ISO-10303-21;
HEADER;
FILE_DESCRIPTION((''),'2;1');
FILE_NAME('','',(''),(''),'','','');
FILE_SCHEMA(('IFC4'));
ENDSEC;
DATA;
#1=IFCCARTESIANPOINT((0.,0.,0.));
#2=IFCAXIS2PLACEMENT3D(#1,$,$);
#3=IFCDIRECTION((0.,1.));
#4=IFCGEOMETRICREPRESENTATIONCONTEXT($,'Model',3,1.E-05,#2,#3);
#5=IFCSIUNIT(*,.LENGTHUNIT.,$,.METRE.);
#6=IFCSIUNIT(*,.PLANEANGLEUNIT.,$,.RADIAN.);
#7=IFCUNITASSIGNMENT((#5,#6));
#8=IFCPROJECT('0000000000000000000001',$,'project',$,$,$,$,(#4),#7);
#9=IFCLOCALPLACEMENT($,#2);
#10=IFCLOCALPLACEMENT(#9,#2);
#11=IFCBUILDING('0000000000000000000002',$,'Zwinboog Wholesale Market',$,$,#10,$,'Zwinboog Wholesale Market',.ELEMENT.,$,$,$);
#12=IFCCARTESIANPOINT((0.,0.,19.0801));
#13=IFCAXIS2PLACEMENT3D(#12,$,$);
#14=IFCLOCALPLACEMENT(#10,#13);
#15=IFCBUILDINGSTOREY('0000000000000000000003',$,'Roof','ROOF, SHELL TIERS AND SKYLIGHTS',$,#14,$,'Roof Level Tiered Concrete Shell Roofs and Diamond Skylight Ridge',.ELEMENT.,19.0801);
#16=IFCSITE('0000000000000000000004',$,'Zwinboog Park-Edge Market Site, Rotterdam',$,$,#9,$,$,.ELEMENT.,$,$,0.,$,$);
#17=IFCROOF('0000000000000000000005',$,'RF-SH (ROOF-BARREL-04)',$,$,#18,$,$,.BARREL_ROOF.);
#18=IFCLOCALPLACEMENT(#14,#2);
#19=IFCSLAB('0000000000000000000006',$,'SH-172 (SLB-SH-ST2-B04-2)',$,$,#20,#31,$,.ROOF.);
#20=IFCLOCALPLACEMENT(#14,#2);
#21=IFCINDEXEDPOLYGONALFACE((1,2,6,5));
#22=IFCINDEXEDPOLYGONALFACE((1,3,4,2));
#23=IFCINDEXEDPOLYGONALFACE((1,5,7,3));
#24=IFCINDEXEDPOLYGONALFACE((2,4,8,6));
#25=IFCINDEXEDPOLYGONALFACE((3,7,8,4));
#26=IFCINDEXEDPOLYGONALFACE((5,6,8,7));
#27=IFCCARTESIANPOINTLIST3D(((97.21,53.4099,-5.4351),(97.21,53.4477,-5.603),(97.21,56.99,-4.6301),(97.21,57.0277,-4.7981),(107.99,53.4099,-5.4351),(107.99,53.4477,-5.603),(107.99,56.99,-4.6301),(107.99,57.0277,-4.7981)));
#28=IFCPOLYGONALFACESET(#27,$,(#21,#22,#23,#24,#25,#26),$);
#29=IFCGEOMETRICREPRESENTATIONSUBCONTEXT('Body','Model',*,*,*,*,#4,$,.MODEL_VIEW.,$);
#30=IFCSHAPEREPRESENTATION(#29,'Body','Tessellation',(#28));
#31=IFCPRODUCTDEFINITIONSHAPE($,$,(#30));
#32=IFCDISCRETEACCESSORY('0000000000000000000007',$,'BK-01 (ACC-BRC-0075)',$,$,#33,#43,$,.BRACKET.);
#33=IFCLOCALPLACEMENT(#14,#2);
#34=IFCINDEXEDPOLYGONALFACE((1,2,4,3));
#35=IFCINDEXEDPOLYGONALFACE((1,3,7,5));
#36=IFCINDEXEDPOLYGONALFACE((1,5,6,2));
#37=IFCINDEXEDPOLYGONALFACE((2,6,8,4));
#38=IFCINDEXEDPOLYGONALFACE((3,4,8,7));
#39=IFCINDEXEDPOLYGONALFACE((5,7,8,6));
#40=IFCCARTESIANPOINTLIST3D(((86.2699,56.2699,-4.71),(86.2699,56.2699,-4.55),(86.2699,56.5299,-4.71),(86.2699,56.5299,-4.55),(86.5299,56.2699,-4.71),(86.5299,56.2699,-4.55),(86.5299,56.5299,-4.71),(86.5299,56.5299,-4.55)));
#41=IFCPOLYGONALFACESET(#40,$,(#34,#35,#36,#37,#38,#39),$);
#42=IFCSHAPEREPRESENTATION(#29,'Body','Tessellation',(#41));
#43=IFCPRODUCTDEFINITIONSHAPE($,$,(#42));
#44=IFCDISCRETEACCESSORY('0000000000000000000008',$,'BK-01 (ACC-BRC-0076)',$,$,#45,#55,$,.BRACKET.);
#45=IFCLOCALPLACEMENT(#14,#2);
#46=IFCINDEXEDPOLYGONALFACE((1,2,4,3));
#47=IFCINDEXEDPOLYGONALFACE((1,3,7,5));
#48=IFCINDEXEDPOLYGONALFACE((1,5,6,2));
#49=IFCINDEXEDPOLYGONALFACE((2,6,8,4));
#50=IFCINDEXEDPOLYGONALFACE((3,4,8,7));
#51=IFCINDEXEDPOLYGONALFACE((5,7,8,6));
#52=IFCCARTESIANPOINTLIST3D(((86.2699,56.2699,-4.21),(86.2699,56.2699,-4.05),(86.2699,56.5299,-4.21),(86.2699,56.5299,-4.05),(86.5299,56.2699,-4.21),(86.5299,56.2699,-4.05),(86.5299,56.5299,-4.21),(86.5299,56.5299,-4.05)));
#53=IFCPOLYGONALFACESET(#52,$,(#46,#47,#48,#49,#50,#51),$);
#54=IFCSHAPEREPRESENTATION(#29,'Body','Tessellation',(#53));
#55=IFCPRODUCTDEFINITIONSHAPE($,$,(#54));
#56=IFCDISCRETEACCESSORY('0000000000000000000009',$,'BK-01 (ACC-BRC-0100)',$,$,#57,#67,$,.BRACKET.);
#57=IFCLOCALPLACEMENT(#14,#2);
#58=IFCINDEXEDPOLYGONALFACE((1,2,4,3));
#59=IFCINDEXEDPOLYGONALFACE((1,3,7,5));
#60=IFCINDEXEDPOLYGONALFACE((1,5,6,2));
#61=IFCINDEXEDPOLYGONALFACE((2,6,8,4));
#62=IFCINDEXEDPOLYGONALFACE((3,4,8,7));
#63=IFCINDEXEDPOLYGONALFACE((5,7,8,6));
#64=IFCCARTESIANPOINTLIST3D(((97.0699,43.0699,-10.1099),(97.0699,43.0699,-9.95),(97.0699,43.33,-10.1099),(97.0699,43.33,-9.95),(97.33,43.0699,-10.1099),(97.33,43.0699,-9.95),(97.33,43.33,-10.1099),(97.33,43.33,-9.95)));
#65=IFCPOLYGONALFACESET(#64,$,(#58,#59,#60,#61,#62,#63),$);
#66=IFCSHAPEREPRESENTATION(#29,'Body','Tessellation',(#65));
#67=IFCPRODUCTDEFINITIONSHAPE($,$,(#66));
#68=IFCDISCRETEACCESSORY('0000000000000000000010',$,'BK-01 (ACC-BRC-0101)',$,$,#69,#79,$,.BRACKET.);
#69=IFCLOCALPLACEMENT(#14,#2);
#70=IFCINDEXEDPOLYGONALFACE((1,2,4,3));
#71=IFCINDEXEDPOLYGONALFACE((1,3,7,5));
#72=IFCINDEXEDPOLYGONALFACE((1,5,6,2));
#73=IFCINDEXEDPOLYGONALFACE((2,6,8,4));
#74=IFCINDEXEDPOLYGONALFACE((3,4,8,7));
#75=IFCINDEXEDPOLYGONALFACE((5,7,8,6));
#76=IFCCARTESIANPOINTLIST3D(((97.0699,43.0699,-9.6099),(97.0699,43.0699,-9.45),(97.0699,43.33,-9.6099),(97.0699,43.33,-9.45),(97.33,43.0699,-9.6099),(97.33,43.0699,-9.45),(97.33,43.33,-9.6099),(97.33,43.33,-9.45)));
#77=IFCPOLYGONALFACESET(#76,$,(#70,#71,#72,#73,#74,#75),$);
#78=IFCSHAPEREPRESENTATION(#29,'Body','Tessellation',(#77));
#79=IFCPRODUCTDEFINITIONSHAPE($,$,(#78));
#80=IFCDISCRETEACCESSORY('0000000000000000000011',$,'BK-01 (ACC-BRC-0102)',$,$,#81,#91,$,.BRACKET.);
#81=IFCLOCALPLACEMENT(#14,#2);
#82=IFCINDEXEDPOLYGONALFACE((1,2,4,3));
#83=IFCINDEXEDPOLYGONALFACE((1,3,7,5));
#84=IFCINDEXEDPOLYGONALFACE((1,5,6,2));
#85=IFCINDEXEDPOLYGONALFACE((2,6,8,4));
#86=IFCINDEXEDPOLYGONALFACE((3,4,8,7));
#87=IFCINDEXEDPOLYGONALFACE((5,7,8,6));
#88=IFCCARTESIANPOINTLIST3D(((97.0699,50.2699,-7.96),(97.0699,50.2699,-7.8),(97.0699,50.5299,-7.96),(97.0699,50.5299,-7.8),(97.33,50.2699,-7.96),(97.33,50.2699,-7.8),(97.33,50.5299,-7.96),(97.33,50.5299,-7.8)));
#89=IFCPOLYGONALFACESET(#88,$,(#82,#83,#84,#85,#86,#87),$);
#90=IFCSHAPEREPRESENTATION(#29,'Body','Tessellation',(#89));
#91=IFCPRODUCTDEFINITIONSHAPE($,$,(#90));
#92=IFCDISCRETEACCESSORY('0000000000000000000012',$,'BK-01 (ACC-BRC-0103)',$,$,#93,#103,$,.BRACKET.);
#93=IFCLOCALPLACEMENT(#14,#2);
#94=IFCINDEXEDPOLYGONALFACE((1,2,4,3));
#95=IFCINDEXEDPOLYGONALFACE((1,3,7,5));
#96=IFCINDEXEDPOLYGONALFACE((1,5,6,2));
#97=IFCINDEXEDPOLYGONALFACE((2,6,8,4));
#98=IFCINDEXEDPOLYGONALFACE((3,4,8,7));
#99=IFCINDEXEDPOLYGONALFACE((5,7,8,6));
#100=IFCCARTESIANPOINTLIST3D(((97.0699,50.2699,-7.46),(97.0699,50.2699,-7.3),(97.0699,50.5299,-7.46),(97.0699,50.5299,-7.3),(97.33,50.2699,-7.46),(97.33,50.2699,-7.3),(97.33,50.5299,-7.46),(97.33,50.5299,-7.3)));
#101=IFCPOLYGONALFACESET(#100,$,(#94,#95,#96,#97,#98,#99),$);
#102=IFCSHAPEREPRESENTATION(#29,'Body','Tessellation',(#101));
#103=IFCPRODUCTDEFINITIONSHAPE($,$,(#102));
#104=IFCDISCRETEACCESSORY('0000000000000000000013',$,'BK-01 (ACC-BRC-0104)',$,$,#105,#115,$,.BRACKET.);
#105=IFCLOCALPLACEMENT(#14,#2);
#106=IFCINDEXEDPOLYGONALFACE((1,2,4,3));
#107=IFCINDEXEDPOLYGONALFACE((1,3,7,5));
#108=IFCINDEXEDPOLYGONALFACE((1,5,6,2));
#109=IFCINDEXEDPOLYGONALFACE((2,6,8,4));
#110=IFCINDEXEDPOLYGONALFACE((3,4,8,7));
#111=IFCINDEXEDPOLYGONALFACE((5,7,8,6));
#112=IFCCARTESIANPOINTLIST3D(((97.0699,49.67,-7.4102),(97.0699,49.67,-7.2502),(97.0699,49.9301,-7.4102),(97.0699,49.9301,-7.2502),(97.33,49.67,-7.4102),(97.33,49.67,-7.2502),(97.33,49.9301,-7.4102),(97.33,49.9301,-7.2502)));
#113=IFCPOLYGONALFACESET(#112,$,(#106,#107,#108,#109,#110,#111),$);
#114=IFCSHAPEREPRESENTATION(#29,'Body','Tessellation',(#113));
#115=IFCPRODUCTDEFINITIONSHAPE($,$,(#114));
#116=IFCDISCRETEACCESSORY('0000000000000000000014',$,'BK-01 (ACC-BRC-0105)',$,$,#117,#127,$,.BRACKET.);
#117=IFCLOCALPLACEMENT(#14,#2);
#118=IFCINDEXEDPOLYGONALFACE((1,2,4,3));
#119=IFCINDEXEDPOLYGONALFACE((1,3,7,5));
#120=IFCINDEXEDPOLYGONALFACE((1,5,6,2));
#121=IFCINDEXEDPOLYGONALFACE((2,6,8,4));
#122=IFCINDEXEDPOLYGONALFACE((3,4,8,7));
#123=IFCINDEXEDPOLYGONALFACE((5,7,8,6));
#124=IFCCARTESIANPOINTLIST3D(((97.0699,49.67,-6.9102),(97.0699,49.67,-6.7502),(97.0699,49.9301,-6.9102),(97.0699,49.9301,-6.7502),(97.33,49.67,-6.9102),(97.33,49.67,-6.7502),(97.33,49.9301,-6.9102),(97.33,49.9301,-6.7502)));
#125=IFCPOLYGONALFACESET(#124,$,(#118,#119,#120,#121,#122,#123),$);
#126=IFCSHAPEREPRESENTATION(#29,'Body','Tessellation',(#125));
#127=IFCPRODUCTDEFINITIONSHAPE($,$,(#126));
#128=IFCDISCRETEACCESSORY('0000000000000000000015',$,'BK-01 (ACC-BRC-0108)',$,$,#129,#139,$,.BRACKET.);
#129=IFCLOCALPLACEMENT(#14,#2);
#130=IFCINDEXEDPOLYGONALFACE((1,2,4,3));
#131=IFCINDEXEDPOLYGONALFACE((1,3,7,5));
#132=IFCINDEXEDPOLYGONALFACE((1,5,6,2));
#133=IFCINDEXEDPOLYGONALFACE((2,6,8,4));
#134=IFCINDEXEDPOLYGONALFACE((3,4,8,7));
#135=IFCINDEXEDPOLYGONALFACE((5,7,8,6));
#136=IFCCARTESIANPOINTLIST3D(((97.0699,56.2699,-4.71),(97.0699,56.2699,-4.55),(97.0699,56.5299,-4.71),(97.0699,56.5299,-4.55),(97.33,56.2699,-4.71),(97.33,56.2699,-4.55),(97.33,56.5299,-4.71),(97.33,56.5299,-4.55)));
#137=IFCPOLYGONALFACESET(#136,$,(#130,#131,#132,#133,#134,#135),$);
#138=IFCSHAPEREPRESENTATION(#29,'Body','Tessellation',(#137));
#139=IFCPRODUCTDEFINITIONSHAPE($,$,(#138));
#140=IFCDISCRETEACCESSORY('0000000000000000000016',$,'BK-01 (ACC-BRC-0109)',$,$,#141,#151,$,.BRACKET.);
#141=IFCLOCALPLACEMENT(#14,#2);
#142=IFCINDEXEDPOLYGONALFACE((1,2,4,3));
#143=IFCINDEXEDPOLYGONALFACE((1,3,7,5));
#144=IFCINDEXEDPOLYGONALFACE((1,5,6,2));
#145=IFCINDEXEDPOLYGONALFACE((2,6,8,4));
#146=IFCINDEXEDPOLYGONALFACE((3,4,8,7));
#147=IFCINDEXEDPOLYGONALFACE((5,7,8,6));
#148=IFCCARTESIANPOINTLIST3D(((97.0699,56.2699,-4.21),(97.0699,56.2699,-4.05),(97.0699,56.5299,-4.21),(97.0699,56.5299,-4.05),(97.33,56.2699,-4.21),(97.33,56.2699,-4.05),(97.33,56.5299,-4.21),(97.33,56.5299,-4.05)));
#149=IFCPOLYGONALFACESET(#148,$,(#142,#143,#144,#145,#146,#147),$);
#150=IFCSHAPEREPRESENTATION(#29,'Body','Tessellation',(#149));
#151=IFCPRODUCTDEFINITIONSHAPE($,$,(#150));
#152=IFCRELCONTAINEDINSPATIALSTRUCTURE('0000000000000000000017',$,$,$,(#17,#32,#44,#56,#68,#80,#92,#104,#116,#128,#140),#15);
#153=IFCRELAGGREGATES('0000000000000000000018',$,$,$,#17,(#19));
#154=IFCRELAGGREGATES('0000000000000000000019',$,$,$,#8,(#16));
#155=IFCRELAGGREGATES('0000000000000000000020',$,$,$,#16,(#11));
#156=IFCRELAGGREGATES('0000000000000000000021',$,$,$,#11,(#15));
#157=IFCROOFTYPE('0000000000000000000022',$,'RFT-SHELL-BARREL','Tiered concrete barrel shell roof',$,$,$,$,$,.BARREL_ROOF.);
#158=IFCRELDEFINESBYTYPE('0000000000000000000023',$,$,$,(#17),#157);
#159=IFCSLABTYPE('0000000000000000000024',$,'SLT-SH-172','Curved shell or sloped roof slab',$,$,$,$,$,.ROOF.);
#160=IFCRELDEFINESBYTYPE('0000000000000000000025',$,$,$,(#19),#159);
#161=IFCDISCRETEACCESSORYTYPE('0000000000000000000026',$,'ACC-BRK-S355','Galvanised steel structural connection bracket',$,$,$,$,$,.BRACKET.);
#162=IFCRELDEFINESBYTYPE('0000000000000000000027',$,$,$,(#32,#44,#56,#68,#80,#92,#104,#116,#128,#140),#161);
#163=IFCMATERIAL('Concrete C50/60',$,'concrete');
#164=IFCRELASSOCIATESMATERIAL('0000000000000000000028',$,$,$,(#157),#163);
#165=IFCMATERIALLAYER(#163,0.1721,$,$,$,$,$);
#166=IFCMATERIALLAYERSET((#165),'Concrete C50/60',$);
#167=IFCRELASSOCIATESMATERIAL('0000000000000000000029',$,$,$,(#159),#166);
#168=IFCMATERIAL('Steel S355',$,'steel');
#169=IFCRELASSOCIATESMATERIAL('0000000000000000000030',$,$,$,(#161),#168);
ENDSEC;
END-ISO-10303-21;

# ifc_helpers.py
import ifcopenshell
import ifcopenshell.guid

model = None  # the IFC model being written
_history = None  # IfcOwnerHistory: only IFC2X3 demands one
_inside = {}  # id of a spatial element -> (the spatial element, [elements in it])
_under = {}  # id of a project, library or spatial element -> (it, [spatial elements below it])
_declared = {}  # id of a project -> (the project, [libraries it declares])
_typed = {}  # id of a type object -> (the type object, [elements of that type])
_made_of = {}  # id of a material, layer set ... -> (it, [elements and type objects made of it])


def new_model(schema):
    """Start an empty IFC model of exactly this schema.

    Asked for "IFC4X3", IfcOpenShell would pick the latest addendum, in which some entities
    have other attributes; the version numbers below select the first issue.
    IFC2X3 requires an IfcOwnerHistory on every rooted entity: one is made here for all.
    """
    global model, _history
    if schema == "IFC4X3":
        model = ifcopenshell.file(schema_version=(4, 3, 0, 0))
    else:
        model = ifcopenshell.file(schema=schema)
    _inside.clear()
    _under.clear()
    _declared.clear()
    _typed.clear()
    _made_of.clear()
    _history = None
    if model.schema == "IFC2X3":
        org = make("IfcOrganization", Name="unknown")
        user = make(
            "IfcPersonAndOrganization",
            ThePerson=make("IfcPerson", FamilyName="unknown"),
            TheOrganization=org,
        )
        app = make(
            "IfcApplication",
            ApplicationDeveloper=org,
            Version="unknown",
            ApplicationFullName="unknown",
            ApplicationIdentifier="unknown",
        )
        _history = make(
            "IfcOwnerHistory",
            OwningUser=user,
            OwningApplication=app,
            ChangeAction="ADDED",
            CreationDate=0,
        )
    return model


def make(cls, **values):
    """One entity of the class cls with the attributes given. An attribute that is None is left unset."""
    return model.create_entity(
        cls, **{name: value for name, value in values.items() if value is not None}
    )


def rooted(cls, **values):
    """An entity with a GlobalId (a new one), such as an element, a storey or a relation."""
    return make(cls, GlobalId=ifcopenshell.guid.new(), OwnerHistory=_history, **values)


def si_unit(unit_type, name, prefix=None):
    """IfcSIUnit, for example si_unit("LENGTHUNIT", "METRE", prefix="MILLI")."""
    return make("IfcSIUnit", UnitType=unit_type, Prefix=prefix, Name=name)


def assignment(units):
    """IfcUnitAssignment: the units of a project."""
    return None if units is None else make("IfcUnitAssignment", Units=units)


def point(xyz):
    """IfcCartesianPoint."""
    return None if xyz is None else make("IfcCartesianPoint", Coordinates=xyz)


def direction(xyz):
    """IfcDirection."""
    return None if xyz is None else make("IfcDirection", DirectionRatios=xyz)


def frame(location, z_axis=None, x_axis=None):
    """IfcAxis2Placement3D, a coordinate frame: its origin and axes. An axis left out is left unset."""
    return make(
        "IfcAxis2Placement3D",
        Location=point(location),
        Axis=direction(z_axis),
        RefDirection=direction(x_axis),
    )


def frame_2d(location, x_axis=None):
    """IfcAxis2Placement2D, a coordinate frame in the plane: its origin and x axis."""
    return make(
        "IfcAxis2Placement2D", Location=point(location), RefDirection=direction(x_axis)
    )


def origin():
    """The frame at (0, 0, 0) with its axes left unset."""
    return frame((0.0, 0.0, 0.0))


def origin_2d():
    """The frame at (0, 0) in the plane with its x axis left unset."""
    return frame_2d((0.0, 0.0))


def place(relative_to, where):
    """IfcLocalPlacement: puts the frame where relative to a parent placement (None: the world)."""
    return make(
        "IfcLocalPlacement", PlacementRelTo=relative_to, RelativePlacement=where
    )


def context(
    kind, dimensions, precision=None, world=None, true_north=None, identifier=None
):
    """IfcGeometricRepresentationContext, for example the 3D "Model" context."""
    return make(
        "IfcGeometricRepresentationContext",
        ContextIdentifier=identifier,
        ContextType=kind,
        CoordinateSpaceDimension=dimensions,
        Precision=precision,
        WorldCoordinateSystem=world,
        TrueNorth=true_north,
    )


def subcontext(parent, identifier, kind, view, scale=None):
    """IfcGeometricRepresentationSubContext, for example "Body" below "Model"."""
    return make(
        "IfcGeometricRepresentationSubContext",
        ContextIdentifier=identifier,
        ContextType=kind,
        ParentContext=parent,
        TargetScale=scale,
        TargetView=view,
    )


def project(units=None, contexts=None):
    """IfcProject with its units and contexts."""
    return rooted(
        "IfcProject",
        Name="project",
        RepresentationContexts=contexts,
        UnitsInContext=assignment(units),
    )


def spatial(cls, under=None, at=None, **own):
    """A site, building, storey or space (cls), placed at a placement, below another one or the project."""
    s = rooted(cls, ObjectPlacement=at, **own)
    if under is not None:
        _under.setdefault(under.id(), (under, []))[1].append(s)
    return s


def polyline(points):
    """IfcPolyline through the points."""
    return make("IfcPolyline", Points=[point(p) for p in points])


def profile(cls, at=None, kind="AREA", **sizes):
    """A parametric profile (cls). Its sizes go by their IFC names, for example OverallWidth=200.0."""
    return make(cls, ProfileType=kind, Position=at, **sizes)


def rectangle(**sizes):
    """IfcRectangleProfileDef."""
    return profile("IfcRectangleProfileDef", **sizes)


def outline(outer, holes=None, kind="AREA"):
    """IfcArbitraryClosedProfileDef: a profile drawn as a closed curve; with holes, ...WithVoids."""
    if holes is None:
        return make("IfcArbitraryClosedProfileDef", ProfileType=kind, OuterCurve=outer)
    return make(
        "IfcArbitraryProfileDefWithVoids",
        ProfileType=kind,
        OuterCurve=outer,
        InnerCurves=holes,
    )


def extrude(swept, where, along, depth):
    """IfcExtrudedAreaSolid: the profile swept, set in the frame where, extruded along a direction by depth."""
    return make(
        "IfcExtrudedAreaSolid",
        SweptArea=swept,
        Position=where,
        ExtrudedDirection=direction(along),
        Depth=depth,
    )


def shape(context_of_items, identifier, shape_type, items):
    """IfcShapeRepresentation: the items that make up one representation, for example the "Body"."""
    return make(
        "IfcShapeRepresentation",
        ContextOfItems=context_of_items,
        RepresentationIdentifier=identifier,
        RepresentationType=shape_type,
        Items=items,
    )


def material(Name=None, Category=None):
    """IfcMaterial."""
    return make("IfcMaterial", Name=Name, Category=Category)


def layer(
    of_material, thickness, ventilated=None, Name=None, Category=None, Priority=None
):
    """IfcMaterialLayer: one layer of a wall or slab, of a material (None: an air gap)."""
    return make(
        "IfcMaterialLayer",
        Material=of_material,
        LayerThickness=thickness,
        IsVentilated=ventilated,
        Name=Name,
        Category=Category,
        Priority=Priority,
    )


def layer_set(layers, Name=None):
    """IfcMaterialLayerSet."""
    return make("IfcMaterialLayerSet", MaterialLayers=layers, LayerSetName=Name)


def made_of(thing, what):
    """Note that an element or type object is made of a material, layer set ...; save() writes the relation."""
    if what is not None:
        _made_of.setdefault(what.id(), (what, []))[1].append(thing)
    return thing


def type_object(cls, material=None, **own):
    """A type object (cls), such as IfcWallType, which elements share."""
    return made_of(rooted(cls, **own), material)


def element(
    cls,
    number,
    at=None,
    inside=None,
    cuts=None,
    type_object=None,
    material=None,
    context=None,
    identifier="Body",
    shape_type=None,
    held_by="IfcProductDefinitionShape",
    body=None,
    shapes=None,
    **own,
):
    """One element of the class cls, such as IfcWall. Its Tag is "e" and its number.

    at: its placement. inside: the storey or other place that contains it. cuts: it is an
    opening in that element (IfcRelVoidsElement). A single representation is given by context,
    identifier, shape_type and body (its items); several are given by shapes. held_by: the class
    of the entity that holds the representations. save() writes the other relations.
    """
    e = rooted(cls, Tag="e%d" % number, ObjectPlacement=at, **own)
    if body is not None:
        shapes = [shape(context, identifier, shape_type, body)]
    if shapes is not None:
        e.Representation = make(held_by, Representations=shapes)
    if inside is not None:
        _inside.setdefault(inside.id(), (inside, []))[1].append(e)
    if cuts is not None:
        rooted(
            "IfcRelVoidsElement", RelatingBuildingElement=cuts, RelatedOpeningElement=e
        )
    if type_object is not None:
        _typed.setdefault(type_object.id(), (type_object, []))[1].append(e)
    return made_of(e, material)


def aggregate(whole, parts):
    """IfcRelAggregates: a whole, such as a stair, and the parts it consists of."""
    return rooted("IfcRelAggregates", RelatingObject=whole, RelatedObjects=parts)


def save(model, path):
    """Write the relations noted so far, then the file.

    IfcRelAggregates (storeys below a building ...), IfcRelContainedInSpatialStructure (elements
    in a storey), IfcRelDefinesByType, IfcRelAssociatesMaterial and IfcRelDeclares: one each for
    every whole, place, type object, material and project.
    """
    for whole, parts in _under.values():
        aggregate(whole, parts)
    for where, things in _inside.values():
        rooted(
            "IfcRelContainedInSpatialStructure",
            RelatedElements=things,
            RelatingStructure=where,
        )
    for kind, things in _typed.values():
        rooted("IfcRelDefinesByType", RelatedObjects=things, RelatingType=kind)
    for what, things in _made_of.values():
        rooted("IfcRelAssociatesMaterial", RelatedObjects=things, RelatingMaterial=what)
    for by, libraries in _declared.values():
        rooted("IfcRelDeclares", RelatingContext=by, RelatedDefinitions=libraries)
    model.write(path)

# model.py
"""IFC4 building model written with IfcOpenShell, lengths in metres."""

from ifc_helpers import new_model, si_unit, direction, frame, origin, origin_2d, place, context, subcontext, project, spatial, polyline, rectangle, outline, extrude, material, layer, layer_set, type_object, element, aggregate, save


model = new_model("IFC4")

# Units and contexts
model_context = context("Model", 3, precision=1e-05, world=origin(), true_north=direction((0.0, 1.0)))
body_context = subcontext(model_context, "Body", "Model", "MODEL_VIEW")
ifc_project = project(units=[si_unit("LENGTHUNIT", "METRE"), si_unit("PLANEANGLEUNIT", "RADIAN")], contexts=[model_context])

# Site, building, storey
site_placement = place(None, origin())
site = spatial("IfcSite", under=ifc_project, at=site_placement, Name="Zwinboog Park-Edge Market Site, Rotterdam", CompositionType="ELEMENT", RefElevation=0.0)
building_placement = place(site_placement, origin())
building = spatial("IfcBuilding", under=site, at=building_placement, Name="Zwinboog Wholesale Market", LongName="Zwinboog Wholesale Market", CompositionType="ELEMENT")
storey_placement = place(building_placement, frame((0.0, 0.0, 19.0801)))
storey = spatial("IfcBuildingStorey", under=building, at=storey_placement, Name="Roof", Description="ROOF, SHELL TIERS AND SKYLIGHTS", LongName="Roof Level Tiered Concrete Shell Roofs and Diamond Skylight Ridge", CompositionType="ELEMENT", Elevation=19.0801)

# Shared definitions
ifc_material_1 = material(Name="Steel S355", Category="steel")

# Roof
ifc_material_2 = material(Name="Concrete C50/60", Category="concrete")
roof_type = type_object("IfcRoofType", Name="RFT-SHELL-BARREL", Description="Tiered concrete barrel shell roof", PredefinedType="BARREL_ROOF", material=ifc_material_2)
roof_1_placement = place(storey_placement, origin())
roof_1 = element("IfcRoof", 1, at=roof_1_placement, inside=storey, type_object=roof_type, Name="RF-SH (ROOF-BARREL-04)", PredefinedType="BARREL_ROOF")

# Slab
ifc_layer_1 = layer(ifc_material_2, 0.1721)
ifc_layer_set_1 = layer_set([ifc_layer_1], Name="Concrete C50/60")
slab_type_1 = type_object("IfcSlabType", Name="SLT-SH-172", Description="Curved shell or sloped roof slab", PredefinedType="ROOF", material=ifc_layer_set_1)
slab_1_placement = place(storey_placement, frame((97.21, 53.4099, -5.4351), z_axis=(0.0, -0.21936, 0.975644), x_axis=(1.0, 0.0, 0.0)))
slab_1 = element("IfcSlab", 2, at=slab_1_placement, type_object=slab_type_1, Name="SH-172 (SLB-SH-ST2-B04-2)", PredefinedType="ROOF", context=body_context, shape_type="SweptSolid", body=[
    extrude(outline(polyline([(0.0, 0.0), (10.78, 0.0), (10.78, 3.6695), (0.0, 3.6695), (0.0, 0.0)])), origin(), (0.0, 0.0, -1.0), 0.1721),
])
aggregate(roof_1, [slab_1])

# Discrete accessories
discrete_accessory_type = type_object("IfcDiscreteAccessoryType", Name="ACC-BRK-S355", Description="Galvanised steel structural connection bracket", PredefinedType="BRACKET", material=ifc_material_1)
for number, where, z_axis, x_axis, name in (
    (3, (86.3999, 56.3999, -4.71), (0.0, 0.0, 1.0), (1.0, 0.0, 0.0), "BK-01 (ACC-BRC-0075)"),
    (4, (86.3999, 56.3999, -4.21), (0.0, 0.0, 1.0), (1.0, 0.0, 0.0), "BK-01 (ACC-BRC-0076)"),
    (5, (97.2, 43.2, -10.1099), (0.0, 0.0, 1.0), (1.0, 0.0, 0.0), "BK-01 (ACC-BRC-0100)"),
    (6, (97.2, 43.2, -9.6099), (0.0, 0.0, 1.0), (1.0, 0.0, 0.0), "BK-01 (ACC-BRC-0101)"),
    (7, (97.2, 50.3999, -7.96), (0.0, 0.0, 1.0), (1.0, 0.0, 0.0), "BK-01 (ACC-BRC-0102)"),
    (8, (97.2, 50.3999, -7.46), (0.0, 0.0, 1.0), (1.0, 0.0, 0.0), "BK-01 (ACC-BRC-0103)"),
    (9, (97.2, 49.8, -7.4102), (0.0, 0.0, 1.0), (1.0, 0.0, 0.0), "BK-01 (ACC-BRC-0104)"),
    (10, (97.2, 49.8, -6.9102), (0.0, 0.0, 1.0), (1.0, 0.0, 0.0), "BK-01 (ACC-BRC-0105)"),
    (11, (97.2, 56.3999, -4.71), (0.0, 0.0, 1.0), (1.0, 0.0, 0.0), "BK-01 (ACC-BRC-0108)"),
    (12, (97.2, 56.3999, -4.21), (0.0, 0.0, 1.0), (1.0, 0.0, 0.0), "BK-01 (ACC-BRC-0109)"),
):
    element("IfcDiscreteAccessory", number, at=place(storey_placement, frame(where, z_axis=z_axis, x_axis=x_axis)), inside=storey, type_object=discrete_accessory_type, Name=name, PredefinedType="BRACKET", context=body_context, shape_type="SweptSolid", body=[
        extrude(rectangle(XDim=0.26, YDim=0.26, at=origin_2d()), origin(), (0.0, 0.0, 1.0), 0.1599),
    ])

save(model, "model.ifc")
